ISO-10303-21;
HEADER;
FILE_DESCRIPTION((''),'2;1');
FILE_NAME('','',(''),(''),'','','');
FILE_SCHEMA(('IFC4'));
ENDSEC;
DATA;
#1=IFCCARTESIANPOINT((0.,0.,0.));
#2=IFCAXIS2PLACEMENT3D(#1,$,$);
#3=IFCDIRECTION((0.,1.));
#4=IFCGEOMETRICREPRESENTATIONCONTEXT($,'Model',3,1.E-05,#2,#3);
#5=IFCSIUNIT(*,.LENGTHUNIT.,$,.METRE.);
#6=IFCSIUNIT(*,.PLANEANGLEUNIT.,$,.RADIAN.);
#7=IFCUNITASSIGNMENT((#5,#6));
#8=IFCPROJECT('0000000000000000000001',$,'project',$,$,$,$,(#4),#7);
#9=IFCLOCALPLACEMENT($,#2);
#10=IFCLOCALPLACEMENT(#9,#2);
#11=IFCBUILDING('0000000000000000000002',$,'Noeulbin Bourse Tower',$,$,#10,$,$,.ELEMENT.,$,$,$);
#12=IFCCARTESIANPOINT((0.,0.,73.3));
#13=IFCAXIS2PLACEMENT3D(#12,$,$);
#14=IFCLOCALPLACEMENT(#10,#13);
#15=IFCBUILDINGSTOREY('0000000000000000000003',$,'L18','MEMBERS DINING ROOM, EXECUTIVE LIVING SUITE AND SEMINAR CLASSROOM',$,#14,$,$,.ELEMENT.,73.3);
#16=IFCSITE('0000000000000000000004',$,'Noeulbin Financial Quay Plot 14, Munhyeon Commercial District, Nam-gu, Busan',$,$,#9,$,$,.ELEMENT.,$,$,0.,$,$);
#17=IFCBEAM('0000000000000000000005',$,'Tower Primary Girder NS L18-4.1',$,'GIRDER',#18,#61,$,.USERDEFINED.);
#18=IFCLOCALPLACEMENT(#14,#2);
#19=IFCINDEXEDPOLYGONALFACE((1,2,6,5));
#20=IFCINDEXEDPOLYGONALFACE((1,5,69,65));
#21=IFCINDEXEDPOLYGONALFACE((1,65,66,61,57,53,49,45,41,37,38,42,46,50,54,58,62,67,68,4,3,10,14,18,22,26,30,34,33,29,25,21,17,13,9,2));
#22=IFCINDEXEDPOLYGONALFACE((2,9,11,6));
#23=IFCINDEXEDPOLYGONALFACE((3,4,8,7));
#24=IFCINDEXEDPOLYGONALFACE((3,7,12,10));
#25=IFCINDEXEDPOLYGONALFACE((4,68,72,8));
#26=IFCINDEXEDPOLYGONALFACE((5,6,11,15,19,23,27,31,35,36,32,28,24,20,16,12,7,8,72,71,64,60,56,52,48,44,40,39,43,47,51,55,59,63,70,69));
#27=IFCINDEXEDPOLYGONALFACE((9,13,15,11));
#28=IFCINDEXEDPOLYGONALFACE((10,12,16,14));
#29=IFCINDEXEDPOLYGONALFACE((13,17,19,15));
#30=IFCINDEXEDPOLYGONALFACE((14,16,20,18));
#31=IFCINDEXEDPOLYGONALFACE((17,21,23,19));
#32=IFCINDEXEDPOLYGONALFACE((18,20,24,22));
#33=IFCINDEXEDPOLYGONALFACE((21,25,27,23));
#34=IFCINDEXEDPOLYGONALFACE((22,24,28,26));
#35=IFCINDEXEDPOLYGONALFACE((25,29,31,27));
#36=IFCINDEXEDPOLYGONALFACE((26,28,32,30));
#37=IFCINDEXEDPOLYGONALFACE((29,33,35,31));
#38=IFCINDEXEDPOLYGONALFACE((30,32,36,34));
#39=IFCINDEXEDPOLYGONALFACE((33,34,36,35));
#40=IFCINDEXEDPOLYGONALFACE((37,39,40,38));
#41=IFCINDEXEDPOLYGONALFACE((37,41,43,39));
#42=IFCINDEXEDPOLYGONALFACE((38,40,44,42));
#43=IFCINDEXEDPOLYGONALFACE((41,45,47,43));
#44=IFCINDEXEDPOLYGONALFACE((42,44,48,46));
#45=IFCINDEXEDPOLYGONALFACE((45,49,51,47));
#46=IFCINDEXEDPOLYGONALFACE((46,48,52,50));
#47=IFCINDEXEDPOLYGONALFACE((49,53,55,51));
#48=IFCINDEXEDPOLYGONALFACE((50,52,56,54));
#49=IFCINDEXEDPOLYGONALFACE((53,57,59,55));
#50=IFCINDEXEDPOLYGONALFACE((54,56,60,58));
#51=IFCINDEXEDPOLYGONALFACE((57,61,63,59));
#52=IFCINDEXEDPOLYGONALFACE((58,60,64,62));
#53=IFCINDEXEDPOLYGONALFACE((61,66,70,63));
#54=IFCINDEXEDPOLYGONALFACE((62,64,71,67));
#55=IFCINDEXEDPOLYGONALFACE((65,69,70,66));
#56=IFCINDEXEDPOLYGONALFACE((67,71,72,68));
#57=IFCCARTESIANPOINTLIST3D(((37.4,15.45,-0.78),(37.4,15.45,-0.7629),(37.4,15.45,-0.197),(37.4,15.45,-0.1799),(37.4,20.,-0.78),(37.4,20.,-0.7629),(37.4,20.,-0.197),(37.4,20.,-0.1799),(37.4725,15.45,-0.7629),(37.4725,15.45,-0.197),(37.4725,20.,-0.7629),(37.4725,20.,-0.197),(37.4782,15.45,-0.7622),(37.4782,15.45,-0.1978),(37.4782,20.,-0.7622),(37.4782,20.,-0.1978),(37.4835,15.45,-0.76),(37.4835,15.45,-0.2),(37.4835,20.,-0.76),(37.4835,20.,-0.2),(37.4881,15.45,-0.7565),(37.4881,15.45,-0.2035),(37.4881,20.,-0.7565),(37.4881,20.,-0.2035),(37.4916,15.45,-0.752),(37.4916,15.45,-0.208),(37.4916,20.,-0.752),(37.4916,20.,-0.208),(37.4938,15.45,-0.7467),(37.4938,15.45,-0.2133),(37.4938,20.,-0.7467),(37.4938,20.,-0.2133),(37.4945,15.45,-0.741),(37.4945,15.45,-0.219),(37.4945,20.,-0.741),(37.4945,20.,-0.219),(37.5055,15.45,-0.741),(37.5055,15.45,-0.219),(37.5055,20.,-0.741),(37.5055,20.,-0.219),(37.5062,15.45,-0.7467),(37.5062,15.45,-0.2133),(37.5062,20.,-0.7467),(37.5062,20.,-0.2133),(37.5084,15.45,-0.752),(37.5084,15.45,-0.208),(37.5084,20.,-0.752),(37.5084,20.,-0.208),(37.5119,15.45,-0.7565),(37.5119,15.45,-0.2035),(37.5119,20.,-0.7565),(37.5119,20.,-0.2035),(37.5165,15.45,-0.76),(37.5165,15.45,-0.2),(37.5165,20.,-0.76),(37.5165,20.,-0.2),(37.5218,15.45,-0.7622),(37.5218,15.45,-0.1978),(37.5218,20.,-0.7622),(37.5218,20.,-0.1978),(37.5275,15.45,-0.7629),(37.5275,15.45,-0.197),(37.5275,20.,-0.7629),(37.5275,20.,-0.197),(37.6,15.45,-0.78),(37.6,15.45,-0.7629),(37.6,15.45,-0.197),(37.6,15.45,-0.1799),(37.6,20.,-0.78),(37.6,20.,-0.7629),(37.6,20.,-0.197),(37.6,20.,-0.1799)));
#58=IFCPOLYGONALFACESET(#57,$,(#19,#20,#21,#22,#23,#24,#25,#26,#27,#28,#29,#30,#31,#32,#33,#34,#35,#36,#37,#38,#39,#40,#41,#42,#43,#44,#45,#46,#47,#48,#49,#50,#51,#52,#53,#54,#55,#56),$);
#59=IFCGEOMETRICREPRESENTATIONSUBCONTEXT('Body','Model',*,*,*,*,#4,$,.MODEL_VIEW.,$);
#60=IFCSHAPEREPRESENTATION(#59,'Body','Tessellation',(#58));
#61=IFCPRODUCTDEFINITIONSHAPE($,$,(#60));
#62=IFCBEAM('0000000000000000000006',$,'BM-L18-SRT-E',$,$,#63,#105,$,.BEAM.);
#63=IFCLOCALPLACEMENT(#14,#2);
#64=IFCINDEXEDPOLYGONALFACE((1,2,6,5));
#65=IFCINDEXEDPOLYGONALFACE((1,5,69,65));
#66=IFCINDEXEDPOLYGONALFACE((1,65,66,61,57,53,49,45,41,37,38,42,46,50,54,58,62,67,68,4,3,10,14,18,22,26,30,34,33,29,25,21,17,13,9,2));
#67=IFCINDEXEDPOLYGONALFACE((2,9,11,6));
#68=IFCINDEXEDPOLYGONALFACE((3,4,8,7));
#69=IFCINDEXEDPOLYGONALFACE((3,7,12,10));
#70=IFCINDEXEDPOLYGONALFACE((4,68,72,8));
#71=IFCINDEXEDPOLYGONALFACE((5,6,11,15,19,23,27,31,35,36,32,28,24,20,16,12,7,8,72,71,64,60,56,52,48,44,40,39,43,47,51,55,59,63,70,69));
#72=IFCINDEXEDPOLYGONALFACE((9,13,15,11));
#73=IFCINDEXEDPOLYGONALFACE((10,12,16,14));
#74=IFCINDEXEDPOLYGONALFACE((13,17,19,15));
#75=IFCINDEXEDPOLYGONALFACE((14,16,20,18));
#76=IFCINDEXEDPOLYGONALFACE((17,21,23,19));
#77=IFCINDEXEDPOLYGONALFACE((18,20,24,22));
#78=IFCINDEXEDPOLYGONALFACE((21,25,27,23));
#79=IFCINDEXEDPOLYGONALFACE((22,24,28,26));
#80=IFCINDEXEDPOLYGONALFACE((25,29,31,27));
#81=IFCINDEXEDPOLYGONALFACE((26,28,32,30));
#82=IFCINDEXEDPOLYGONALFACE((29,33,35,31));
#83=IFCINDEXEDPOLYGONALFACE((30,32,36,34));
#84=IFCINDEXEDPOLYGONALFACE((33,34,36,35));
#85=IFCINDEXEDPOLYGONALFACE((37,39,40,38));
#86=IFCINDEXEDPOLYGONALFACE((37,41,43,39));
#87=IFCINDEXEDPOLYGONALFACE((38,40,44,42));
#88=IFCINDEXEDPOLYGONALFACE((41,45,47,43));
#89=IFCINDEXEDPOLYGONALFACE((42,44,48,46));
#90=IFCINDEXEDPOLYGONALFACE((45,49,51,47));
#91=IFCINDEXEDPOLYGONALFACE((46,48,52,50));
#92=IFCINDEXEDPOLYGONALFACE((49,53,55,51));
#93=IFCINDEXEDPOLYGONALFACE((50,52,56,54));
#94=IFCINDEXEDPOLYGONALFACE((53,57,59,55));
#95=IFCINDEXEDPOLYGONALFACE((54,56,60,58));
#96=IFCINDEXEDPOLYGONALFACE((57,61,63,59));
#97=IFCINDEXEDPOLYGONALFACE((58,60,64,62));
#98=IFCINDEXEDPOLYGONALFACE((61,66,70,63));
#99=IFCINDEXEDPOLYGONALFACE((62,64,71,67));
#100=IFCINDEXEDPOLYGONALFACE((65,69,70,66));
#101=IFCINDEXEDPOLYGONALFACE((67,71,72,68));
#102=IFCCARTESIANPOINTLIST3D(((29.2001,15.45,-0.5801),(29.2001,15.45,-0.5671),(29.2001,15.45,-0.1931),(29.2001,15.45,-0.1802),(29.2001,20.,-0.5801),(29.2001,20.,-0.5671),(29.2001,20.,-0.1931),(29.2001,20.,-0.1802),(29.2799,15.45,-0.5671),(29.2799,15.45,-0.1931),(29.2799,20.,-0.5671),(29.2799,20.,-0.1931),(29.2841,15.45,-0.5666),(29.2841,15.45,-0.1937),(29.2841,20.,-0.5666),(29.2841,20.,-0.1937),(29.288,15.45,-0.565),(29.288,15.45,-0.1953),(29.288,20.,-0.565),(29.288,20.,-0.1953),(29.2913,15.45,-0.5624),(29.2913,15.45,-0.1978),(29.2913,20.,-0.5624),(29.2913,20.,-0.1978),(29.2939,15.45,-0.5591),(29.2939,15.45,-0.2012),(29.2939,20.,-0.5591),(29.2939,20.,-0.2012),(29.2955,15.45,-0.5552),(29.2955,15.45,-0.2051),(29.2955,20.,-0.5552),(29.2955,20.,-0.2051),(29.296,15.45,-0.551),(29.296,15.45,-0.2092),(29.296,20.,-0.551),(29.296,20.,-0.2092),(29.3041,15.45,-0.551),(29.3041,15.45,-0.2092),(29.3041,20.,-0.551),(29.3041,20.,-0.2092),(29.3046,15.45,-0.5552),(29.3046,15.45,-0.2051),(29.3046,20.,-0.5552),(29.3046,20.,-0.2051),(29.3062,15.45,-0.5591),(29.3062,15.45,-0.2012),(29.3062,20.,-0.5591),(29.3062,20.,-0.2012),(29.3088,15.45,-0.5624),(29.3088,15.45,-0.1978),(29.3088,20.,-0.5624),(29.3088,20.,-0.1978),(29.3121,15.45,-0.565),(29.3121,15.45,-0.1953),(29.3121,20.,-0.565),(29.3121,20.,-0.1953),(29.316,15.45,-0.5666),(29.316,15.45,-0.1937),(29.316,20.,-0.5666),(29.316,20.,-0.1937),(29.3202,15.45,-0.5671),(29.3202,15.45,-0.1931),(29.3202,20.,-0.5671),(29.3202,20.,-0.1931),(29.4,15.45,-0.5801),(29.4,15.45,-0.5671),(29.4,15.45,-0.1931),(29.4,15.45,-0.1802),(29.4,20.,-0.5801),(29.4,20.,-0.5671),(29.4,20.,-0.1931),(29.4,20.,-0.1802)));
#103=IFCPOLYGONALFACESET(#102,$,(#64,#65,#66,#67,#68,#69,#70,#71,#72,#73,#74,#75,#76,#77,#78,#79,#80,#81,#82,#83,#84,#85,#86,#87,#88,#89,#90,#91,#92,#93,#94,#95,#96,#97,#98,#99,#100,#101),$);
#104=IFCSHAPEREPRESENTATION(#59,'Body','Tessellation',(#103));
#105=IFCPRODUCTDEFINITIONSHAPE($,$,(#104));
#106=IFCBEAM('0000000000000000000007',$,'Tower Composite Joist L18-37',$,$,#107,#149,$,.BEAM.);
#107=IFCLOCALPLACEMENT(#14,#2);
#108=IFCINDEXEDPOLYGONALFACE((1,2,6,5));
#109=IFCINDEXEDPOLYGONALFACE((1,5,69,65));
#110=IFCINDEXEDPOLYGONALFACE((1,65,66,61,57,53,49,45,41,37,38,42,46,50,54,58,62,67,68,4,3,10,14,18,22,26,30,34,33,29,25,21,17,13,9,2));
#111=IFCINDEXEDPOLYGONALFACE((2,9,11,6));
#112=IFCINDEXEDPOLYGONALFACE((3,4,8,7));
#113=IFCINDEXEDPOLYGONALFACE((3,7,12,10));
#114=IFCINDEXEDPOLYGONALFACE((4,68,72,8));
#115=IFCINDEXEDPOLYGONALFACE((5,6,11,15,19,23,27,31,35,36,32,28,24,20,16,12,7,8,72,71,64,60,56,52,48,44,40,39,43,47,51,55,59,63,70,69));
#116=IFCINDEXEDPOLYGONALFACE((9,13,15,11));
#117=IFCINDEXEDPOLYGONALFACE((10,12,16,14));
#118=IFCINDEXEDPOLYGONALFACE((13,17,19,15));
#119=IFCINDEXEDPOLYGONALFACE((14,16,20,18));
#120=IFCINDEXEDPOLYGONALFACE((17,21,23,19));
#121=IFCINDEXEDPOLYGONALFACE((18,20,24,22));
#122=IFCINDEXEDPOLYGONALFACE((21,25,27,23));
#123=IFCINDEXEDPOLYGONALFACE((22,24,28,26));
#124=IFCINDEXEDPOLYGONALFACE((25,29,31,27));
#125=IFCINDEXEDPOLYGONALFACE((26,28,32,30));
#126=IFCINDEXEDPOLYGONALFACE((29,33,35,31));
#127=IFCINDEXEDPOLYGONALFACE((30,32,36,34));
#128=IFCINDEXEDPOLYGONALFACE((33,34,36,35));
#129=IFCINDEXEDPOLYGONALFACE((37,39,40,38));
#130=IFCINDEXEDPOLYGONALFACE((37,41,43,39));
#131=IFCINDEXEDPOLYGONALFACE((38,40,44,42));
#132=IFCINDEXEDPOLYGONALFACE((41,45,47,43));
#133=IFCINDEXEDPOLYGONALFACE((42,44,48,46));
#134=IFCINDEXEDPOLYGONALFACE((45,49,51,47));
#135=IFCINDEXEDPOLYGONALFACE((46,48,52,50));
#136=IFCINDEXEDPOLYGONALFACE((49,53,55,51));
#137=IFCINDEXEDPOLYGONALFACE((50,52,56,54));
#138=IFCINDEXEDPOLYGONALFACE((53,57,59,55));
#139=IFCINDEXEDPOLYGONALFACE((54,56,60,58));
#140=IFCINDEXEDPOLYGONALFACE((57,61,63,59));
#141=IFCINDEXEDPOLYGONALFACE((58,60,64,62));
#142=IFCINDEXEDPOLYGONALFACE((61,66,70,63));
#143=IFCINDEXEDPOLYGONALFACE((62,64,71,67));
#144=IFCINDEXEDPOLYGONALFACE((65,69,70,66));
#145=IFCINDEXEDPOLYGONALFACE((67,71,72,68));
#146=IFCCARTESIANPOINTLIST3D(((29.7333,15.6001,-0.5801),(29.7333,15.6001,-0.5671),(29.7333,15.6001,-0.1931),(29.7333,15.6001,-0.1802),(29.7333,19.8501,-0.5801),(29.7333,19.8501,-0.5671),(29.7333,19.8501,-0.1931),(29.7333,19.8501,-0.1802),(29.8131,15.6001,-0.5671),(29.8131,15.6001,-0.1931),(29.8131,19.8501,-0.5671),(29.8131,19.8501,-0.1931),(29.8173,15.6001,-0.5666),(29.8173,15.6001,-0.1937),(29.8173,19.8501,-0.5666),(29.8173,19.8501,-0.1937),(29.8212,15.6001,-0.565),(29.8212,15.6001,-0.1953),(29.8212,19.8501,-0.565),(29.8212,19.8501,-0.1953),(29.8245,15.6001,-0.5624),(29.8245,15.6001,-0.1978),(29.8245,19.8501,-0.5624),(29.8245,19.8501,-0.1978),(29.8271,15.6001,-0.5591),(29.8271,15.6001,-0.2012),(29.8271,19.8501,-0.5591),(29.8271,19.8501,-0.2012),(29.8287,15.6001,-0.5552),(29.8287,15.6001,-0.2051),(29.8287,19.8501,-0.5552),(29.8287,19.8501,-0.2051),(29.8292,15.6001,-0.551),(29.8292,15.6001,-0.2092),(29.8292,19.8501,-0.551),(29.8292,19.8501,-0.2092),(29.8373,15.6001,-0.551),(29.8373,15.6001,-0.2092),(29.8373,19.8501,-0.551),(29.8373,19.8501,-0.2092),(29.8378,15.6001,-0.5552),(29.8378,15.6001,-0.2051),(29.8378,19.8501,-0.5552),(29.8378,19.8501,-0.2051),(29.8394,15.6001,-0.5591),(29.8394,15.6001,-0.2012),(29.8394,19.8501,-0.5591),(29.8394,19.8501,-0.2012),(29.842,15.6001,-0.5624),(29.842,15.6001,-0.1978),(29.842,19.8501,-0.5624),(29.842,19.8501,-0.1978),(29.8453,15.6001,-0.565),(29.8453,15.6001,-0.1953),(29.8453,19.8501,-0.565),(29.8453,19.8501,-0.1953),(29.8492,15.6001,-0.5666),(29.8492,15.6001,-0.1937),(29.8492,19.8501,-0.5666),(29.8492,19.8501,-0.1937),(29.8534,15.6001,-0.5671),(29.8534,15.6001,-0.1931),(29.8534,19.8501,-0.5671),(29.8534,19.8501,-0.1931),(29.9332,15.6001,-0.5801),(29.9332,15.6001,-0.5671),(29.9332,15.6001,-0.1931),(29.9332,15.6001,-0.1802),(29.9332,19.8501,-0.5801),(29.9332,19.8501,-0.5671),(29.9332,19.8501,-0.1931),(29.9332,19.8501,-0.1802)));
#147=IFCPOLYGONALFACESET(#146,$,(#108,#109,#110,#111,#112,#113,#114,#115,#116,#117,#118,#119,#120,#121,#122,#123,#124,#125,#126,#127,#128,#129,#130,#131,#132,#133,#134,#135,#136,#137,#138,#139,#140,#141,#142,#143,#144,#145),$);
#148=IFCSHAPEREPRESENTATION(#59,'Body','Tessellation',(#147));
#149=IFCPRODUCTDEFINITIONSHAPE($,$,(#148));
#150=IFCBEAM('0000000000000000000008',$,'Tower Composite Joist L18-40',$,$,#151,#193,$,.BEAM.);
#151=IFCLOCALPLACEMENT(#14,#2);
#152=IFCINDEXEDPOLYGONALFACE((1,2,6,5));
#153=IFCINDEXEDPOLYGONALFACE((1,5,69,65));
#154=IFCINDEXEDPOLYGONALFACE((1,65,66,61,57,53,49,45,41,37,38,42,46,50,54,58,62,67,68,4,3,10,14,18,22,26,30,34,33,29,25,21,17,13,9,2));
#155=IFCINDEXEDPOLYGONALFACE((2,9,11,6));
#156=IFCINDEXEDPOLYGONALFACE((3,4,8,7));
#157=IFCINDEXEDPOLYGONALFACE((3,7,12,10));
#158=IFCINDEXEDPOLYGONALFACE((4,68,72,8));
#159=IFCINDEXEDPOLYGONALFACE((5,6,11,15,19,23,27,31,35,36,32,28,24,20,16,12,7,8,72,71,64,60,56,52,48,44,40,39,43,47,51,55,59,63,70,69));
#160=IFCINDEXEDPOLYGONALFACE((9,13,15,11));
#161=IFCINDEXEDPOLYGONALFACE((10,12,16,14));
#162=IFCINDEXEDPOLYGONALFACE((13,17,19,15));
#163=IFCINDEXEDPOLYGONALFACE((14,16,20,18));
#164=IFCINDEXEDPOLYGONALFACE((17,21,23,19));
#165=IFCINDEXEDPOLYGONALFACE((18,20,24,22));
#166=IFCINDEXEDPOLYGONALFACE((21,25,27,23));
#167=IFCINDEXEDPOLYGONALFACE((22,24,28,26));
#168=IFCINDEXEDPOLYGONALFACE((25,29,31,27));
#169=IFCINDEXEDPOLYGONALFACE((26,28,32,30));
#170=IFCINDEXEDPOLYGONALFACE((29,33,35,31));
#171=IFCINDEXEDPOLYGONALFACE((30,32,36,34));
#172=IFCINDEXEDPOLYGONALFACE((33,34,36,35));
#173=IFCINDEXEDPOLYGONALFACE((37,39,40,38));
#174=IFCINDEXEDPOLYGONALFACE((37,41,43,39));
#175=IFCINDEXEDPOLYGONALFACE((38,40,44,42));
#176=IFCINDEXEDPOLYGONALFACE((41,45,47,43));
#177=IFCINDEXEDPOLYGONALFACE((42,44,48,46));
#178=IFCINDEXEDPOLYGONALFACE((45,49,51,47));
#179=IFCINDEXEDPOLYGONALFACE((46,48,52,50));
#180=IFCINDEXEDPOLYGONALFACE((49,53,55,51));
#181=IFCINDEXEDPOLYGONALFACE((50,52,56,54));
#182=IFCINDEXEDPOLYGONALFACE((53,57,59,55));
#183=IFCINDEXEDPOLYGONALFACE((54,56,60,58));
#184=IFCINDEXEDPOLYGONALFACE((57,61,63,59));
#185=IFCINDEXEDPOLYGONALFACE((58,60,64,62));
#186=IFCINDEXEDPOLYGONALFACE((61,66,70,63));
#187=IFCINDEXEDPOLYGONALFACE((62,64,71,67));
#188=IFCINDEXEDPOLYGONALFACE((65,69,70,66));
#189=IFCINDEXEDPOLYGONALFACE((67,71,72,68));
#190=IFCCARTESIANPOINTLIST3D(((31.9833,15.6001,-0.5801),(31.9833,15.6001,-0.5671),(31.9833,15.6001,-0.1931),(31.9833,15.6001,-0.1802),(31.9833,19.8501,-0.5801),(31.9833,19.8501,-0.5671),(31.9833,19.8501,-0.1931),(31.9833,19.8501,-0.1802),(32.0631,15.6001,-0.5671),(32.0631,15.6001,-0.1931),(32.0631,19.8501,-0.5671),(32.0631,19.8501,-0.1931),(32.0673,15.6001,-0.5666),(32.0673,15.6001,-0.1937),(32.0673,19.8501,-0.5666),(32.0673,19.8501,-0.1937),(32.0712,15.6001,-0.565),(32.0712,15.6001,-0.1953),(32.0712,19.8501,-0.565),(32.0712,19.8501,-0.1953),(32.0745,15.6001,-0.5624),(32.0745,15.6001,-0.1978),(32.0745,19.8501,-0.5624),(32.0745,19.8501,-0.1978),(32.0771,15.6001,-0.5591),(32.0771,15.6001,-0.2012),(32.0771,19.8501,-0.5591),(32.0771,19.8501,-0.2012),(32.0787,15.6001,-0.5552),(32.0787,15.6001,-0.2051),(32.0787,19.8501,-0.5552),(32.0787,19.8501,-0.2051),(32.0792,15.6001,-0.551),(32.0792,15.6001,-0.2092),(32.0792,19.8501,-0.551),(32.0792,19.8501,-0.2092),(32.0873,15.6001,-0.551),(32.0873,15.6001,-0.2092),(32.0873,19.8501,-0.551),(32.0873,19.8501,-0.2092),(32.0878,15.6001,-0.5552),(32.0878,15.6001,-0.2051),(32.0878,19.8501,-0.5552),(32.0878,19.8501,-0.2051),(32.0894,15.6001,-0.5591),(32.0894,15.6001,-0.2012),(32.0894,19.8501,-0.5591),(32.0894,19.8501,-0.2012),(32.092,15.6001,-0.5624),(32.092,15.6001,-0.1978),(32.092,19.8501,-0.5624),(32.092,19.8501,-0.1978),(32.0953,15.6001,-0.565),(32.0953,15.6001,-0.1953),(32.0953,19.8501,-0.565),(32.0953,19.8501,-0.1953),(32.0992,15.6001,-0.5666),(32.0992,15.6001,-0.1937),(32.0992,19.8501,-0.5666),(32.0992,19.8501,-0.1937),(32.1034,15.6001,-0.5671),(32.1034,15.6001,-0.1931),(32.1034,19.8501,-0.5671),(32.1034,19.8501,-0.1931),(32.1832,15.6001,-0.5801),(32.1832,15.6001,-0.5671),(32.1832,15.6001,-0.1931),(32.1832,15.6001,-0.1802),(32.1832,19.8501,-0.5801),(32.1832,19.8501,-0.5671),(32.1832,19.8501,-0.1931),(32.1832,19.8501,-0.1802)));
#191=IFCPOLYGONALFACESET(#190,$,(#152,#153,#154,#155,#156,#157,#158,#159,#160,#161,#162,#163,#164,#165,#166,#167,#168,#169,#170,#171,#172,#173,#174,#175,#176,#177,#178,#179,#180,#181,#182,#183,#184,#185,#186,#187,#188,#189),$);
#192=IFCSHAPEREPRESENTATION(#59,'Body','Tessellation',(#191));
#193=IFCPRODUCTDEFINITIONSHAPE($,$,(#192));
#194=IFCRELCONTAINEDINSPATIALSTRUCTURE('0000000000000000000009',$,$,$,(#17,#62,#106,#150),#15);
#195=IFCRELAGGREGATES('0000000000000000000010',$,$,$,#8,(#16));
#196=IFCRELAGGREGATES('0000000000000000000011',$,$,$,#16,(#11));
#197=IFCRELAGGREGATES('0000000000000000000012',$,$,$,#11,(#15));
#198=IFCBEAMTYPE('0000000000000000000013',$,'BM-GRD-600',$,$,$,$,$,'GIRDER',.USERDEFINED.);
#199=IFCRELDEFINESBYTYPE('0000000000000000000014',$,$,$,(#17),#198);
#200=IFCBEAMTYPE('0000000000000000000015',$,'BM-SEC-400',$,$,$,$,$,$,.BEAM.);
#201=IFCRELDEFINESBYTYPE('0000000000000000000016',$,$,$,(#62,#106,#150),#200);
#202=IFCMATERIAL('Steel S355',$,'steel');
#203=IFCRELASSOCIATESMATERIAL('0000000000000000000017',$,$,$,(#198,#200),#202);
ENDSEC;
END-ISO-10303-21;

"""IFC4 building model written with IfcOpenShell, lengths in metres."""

from ifc_helpers import new_model, si_unit, direction, frame, origin, origin_2d, place, context, subcontext, project, spatial, i_section, extrude, material, material_profile, profile_set, type_object, element, save


model = new_model("IFC4")

# Units and contexts
model_context = context("Model", 3, precision=1e-05, world=origin(), true_north=direction((0.0, 1.0)))
body_context = subcontext(model_context, "Body", "Model", "MODEL_VIEW")
ifc_project = project(units=[si_unit("LENGTHUNIT", "METRE"), si_unit("PLANEANGLEUNIT", "RADIAN")], contexts=[model_context])

# Site, building, storey
site_placement = place(None, origin())
site = spatial("IfcSite", under=ifc_project, at=site_placement, Name="Noeulbin Financial Quay Plot 14, Munhyeon Commercial District, Nam-gu, Busan", CompositionType="ELEMENT", RefElevation=0.0)
building_placement = place(site_placement, origin())
building = spatial("IfcBuilding", under=site, at=building_placement, Name="Noeulbin Bourse Tower", CompositionType="ELEMENT")
storey_placement = place(building_placement, frame((0.0, 0.0, 73.3)))
storey = spatial("IfcBuildingStorey", under=building, at=storey_placement, Name="L18", Description="MEMBERS DINING ROOM, EXECUTIVE LIVING SUITE AND SEMINAR CLASSROOM", CompositionType="ELEMENT", Elevation=73.3)

# Beams
ifc_material_1 = material(Name="Steel S355", Category="steel")
ifc_material_profile_1 = material_profile(ifc_material_1, i_section(OverallWidth=0.2, OverallDepth=0.6001, WebThickness=0.011, FlangeThickness=0.0171, FilletRadius=0.022, at=origin_2d()), Name="H-600x200x11x17", Category="LoadBearing")
ifc_profile_set_1 = profile_set([ifc_material_profile_1], Name="Steel S355")
beam_type_1 = type_object("IfcBeamType", Name="BM-GRD-600", ElementType="GIRDER", PredefinedType="USERDEFINED", material=ifc_profile_set_1)
for number, where, z_axis, x_axis, name in (
    (1, (37.5, 15.45, -0.48), (0.0, 1.0, 0.0), (-1.0, 0.0, 0.0), "Tower Primary Girder NS L18-4.1"),
):
    element("IfcBeam", number, at=place(storey_placement, frame(where, z_axis=z_axis, x_axis=x_axis)), inside=storey, type_object=beam_type_1, Name=name, ObjectType="GIRDER", PredefinedType="USERDEFINED", context=body_context, shape_type="SweptSolid", body=[
        extrude(i_section(OverallWidth=0.2, OverallDepth=0.6001, WebThickness=0.011, FlangeThickness=0.0171, FilletRadius=0.022, at=origin_2d()), origin(), (0.0, 0.0, 1.0), 4.55),
    ])
ifc_material_profile_2 = material_profile(ifc_material_1, i_section(OverallWidth=0.2, OverallDepth=0.3999, WebThickness=0.0081, FlangeThickness=0.0129, FilletRadius=0.0161, at=origin_2d()), Name="H-400x200x8x13", Category="LoadBearing")
ifc_profile_set_2 = profile_set([ifc_material_profile_2], Name="Steel S355")
beam_type_2 = type_object("IfcBeamType", Name="BM-SEC-400", PredefinedType="BEAM", material=ifc_profile_set_2)
beam_1_placement = place(storey_placement, frame((29.3, 15.45, -0.3801), z_axis=(0.0, 1.0, 0.0), x_axis=(-1.0, 0.0, 0.0)))
element("IfcBeam", 2, at=beam_1_placement, inside=storey, type_object=beam_type_2, Name="BM-L18-SRT-E", PredefinedType="BEAM", context=body_context, shape_type="SweptSolid", body=[
    extrude(i_section(OverallWidth=0.2, OverallDepth=0.3999, WebThickness=0.0081, FlangeThickness=0.0129, FilletRadius=0.0161, at=origin_2d()), origin(), (0.0, 0.0, 1.0), 4.55),
])
for number, where, z_axis, x_axis, name in (
    (3, (29.8333, 15.6001, -0.3801), (0.0, 1.0, 0.0), (-1.0, 0.0, 0.0), "Tower Composite Joist L18-37"),
    (4, (32.0833, 15.6001, -0.3801), (0.0, 1.0, 0.0), (-1.0, 0.0, 0.0), "Tower Composite Joist L18-40"),
):
    element("IfcBeam", number, at=place(storey_placement, frame(where, z_axis=z_axis, x_axis=x_axis)), inside=storey, type_object=beam_type_2, Name=name, PredefinedType="BEAM", context=body_context, shape_type="SweptSolid", body=[
        extrude(i_section(OverallWidth=0.2, OverallDepth=0.3999, WebThickness=0.0081, FlangeThickness=0.0129, FilletRadius=0.0161, at=origin_2d()), origin(), (0.0, 0.0, 1.0), 4.25),
    ])

save(model, "model.ifc")
